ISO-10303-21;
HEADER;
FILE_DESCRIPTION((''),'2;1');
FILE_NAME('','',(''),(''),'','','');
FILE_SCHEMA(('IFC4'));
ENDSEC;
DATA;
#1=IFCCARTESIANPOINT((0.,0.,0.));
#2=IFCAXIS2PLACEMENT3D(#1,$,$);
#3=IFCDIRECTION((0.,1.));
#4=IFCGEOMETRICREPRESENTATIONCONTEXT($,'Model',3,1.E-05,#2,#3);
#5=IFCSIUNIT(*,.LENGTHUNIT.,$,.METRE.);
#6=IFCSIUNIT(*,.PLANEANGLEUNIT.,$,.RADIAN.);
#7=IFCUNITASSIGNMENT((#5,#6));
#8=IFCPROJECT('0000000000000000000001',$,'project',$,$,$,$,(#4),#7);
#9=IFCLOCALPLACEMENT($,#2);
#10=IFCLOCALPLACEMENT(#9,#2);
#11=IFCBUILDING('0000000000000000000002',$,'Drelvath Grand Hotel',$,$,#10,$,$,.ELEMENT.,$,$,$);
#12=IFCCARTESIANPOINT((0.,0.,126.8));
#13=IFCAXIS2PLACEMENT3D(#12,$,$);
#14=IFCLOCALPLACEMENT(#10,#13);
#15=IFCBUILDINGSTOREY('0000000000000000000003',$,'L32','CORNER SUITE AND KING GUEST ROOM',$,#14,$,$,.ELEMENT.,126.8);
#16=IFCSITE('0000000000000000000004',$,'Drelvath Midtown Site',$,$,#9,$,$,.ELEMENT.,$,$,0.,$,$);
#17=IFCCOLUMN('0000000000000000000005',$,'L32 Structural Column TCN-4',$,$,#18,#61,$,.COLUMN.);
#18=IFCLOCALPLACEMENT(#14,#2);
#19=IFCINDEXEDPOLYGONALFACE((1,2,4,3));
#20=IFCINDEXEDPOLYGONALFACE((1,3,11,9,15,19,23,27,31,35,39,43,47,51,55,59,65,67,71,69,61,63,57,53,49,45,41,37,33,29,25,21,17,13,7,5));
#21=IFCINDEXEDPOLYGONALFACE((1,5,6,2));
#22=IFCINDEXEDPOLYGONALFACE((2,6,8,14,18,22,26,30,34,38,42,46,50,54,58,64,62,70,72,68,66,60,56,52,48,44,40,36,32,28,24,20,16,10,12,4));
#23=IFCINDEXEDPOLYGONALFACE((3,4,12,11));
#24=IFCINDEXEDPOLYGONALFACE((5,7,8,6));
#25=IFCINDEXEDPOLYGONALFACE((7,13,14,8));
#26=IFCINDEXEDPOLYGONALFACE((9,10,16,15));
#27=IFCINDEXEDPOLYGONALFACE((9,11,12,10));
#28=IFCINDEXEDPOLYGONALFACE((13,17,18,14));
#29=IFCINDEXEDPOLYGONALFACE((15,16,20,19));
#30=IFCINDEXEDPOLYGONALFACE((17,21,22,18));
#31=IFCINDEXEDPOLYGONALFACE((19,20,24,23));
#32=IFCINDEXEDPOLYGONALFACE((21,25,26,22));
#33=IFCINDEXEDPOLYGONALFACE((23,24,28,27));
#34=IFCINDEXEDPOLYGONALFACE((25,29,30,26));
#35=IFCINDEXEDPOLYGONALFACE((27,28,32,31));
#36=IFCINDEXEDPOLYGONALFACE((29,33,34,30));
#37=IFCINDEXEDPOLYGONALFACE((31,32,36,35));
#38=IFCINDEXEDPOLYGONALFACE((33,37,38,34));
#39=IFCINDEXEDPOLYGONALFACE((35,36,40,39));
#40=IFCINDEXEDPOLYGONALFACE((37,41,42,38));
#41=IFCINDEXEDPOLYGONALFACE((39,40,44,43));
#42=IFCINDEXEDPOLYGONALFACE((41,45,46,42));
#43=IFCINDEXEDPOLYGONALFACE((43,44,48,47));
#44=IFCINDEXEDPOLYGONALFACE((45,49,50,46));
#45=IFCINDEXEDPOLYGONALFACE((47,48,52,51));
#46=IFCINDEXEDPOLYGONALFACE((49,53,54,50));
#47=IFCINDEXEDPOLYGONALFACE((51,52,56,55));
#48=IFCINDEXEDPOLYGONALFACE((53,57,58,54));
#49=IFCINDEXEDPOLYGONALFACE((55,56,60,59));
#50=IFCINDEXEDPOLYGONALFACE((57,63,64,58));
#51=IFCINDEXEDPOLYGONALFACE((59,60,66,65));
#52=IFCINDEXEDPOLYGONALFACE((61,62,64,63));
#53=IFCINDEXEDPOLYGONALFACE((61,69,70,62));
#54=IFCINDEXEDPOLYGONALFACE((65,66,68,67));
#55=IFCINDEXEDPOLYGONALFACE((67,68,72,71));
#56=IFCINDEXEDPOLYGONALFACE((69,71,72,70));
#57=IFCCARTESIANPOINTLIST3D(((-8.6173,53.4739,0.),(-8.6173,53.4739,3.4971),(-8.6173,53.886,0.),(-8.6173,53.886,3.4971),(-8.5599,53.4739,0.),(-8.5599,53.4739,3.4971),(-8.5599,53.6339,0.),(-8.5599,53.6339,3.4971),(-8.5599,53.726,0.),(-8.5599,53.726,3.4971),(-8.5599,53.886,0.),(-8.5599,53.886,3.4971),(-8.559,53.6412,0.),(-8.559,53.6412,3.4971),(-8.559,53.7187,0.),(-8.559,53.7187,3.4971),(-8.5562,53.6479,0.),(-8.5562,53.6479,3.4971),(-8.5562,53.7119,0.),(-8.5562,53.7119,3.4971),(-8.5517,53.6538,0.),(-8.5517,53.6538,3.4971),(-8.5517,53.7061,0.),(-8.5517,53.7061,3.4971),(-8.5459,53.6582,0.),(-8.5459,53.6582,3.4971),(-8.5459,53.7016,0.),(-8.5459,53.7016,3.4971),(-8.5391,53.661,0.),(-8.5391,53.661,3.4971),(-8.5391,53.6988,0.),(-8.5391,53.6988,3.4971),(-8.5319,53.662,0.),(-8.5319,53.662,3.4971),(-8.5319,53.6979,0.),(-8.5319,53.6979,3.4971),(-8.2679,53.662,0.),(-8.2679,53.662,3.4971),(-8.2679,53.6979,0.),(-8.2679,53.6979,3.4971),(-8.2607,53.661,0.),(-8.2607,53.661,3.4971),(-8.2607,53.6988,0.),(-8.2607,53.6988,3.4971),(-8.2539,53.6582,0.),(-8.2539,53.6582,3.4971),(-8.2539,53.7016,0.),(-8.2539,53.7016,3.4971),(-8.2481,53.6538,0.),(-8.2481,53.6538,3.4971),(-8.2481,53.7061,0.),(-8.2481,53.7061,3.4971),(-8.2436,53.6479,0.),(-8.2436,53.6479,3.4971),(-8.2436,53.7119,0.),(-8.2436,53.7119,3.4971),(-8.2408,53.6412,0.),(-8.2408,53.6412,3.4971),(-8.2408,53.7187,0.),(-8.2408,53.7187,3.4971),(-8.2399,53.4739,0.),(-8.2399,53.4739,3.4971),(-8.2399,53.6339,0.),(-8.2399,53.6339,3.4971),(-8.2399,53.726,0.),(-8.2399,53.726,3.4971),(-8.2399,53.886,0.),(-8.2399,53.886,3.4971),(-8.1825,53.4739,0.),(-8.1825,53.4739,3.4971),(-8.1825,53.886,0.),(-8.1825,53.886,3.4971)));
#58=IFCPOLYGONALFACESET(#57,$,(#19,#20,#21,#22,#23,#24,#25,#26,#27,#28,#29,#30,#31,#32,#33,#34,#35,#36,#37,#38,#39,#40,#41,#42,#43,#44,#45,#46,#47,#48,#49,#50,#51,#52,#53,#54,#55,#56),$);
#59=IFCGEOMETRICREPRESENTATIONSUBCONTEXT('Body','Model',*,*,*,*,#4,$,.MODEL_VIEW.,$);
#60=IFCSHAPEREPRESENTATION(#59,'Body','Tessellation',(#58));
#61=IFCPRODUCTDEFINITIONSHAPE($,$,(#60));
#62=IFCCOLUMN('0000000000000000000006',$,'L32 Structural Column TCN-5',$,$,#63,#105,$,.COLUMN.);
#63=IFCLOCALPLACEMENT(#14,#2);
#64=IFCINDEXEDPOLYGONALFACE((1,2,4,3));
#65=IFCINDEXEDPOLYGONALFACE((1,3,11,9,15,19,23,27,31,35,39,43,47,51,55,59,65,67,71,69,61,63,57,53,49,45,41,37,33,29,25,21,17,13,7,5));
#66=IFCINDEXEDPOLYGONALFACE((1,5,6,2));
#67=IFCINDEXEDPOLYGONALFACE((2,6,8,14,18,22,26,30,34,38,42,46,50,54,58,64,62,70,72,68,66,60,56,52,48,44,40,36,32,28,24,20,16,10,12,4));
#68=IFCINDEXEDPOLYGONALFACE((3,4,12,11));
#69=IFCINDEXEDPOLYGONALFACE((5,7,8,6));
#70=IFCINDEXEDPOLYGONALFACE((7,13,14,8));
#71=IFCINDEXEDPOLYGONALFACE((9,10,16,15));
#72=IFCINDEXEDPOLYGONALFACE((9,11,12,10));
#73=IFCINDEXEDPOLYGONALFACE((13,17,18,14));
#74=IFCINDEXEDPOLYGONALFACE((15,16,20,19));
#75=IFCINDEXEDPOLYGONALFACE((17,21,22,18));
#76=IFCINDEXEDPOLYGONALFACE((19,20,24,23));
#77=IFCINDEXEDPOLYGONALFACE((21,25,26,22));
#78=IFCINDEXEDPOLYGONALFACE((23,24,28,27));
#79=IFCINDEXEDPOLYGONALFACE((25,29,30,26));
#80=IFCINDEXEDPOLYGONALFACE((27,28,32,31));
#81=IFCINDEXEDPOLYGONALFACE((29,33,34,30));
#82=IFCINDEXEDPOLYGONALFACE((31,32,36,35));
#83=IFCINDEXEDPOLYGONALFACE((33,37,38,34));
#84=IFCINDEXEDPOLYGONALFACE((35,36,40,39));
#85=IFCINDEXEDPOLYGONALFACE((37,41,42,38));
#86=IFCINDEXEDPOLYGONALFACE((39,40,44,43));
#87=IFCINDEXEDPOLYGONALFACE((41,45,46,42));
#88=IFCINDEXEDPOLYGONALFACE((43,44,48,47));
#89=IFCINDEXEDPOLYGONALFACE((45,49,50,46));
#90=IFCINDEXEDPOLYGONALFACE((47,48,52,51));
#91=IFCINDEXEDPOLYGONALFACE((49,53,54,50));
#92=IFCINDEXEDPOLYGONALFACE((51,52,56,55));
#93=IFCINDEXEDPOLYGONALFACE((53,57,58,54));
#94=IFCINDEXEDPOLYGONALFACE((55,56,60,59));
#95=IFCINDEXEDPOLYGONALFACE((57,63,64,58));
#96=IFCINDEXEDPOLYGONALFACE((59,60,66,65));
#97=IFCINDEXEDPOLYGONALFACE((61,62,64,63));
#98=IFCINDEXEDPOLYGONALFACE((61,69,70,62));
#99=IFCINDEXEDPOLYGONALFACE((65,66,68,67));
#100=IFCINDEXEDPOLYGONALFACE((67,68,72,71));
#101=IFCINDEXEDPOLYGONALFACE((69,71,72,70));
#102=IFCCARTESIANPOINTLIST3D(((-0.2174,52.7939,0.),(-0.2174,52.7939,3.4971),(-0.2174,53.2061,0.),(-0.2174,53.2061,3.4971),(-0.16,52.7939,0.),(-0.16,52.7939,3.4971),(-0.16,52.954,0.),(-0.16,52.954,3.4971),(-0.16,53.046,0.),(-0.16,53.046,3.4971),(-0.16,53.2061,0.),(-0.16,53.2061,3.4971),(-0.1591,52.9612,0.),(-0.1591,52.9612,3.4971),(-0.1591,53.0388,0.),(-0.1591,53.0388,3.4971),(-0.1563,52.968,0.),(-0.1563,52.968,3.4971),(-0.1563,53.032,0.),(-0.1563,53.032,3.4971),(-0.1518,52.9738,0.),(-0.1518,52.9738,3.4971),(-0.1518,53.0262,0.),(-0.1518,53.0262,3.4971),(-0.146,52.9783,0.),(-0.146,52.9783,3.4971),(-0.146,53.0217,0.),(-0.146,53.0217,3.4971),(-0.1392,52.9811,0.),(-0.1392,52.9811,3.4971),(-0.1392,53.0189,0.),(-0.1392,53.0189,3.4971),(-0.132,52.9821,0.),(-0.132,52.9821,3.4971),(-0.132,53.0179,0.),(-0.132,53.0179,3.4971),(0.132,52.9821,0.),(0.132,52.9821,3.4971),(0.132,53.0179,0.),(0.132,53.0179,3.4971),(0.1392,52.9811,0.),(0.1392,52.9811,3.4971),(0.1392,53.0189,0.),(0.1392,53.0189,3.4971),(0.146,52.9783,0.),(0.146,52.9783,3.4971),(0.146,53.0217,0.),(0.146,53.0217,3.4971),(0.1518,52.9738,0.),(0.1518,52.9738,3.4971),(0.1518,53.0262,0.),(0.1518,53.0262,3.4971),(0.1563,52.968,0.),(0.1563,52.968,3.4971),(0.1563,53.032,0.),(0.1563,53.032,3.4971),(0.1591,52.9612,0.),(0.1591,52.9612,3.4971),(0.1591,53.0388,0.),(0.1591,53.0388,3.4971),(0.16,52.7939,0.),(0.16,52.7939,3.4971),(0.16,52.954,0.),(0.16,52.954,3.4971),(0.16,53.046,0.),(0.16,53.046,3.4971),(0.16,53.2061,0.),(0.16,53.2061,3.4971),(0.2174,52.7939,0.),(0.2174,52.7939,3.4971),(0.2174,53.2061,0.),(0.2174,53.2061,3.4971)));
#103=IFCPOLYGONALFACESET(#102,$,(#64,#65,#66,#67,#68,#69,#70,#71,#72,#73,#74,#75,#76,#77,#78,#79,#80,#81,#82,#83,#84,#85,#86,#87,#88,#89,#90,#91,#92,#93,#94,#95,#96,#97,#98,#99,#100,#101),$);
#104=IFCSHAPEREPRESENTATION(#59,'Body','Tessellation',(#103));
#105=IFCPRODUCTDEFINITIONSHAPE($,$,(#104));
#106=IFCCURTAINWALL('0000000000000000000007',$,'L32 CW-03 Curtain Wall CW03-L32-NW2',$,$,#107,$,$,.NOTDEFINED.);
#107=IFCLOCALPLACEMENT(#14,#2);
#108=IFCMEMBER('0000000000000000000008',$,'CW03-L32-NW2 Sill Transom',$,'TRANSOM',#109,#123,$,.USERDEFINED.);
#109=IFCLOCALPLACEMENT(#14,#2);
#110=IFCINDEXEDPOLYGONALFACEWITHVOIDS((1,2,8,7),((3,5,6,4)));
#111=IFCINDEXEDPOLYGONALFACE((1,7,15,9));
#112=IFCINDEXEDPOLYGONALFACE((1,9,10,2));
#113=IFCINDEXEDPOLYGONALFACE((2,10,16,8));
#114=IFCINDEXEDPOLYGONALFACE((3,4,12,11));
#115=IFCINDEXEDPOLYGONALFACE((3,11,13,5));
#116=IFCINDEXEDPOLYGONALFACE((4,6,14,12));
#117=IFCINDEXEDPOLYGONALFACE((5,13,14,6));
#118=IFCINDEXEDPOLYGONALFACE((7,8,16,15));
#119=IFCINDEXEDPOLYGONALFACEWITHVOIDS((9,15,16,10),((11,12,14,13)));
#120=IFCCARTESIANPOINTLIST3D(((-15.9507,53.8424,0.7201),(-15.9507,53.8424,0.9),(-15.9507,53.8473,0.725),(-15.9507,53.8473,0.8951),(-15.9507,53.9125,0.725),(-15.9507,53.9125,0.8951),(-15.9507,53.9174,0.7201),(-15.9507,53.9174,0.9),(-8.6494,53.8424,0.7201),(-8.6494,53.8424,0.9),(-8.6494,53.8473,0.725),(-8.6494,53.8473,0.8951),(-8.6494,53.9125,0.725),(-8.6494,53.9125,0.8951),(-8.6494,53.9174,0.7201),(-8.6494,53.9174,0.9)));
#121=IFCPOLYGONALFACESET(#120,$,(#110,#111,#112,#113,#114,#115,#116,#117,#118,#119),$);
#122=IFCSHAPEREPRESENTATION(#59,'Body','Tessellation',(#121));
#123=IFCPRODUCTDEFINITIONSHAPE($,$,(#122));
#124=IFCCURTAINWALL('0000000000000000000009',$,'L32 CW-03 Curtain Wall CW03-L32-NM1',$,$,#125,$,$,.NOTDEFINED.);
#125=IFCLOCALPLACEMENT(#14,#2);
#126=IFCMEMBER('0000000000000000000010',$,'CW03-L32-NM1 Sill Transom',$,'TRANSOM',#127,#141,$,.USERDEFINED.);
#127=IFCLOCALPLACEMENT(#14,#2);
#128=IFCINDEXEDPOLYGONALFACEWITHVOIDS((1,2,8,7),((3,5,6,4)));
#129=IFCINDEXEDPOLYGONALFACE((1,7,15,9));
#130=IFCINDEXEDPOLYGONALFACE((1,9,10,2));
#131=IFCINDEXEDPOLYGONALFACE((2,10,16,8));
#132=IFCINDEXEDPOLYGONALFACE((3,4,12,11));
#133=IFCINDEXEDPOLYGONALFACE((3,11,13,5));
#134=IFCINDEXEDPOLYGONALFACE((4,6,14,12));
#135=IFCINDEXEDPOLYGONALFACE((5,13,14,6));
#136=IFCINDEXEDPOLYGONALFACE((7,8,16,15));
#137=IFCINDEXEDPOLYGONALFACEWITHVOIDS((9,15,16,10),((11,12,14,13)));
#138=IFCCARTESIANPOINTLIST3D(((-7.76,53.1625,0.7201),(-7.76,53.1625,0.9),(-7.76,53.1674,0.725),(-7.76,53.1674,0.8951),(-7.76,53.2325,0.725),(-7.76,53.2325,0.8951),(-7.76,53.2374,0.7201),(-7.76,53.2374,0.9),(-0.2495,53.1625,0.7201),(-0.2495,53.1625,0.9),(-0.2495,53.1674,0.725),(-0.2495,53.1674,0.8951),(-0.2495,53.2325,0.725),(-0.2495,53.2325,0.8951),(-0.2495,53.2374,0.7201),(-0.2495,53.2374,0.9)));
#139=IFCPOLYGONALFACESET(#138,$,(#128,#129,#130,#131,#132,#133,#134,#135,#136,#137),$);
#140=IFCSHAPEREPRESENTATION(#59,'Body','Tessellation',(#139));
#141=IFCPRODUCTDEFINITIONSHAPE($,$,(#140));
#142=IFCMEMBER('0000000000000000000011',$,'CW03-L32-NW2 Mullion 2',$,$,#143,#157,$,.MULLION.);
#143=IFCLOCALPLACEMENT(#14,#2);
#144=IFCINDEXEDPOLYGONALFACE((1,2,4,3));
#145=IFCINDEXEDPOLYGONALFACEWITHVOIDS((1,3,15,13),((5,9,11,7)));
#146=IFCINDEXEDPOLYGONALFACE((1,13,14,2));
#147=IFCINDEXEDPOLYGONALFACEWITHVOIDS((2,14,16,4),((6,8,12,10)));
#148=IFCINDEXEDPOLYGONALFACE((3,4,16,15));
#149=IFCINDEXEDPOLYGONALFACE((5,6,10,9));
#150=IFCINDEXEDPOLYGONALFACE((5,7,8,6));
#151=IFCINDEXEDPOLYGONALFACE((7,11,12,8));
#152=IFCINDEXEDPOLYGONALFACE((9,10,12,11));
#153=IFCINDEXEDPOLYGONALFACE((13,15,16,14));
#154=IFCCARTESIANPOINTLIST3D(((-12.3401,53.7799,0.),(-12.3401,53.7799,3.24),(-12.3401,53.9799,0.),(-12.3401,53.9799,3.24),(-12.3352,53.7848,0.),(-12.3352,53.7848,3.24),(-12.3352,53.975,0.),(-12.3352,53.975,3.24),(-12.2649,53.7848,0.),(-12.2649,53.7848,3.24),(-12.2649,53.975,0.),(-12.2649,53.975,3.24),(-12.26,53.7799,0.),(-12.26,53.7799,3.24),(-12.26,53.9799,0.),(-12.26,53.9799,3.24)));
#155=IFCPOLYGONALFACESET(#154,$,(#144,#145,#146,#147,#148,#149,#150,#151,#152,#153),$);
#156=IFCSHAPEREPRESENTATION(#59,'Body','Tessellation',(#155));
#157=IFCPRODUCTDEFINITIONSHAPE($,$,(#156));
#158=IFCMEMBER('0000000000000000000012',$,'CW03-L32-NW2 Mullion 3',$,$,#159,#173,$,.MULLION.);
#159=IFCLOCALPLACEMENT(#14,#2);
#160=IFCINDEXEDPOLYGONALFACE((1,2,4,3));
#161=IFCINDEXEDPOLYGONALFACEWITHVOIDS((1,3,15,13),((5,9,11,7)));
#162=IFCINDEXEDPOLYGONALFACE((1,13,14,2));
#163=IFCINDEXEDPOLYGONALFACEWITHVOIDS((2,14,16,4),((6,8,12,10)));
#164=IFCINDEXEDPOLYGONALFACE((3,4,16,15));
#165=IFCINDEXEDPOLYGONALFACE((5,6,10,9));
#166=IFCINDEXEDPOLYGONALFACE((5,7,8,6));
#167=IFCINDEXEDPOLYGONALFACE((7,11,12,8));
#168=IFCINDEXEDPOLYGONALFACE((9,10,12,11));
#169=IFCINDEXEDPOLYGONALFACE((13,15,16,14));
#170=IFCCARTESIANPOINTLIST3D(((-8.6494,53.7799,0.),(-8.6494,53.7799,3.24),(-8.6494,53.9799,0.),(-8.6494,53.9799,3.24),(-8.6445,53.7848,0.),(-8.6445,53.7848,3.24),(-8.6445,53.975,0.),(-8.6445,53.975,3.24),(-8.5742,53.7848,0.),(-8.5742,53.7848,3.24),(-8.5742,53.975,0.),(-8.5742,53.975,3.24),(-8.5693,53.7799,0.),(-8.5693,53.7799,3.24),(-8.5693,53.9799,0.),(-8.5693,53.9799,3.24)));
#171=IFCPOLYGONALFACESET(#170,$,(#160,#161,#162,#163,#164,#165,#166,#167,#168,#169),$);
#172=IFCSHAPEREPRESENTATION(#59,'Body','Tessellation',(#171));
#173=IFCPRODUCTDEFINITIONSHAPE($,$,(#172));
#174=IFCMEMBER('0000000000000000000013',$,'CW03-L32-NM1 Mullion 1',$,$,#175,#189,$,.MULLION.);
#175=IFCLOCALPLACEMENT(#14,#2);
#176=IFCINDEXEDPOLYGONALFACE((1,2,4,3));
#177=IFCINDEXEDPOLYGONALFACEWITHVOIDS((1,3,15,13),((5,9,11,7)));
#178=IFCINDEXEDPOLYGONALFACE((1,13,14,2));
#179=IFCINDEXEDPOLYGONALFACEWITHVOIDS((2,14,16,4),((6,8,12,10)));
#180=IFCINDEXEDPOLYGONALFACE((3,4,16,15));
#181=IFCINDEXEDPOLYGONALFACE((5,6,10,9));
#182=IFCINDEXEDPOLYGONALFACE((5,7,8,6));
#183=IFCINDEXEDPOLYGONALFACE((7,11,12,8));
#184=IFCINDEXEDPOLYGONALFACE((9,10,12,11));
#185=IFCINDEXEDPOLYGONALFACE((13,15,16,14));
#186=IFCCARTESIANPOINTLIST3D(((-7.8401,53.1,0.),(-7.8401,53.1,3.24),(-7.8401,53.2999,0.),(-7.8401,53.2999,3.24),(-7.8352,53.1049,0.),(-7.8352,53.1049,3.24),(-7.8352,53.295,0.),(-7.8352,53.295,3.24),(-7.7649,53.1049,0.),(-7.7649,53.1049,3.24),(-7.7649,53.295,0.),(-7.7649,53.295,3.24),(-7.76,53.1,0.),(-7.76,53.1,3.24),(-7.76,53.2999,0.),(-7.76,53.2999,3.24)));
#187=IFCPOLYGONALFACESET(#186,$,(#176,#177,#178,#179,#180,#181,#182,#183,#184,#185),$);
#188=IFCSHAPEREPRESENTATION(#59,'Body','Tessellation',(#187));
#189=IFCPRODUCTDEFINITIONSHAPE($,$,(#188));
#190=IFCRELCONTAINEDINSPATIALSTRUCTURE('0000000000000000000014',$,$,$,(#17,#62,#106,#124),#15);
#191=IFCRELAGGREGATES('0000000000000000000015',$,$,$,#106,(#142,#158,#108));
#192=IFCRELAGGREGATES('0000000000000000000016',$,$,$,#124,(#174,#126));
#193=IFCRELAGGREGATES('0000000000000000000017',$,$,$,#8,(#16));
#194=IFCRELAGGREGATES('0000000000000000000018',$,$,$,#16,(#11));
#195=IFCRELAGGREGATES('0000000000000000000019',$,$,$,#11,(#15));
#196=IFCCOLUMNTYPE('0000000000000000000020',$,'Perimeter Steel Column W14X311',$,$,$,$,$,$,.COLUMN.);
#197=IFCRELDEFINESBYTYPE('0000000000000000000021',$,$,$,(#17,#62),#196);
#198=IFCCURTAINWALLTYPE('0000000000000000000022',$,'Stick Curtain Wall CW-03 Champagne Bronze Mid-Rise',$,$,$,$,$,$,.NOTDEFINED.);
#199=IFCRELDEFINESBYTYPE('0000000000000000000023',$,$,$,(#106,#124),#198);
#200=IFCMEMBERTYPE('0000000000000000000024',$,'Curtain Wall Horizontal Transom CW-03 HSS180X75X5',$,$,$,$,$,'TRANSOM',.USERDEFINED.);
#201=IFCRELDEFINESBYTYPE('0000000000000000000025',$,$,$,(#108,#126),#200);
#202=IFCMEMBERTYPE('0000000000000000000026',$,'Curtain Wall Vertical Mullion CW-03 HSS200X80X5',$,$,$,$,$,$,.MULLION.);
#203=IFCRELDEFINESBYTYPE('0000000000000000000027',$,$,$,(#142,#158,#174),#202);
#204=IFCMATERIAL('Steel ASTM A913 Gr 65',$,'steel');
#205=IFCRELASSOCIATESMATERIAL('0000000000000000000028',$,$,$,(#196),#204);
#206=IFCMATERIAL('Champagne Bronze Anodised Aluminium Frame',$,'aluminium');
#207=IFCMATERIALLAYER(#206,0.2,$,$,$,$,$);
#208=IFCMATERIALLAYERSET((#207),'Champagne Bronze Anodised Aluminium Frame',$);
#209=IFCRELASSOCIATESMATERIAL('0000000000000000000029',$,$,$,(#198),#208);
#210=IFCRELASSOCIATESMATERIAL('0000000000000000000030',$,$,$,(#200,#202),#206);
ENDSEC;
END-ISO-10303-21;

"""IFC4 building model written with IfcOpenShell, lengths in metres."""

from ifc_helpers import new_model, si_unit, direction, frame, origin, origin_2d, place, context, subcontext, project, spatial, hollow_rectangle, i_section, extrude, material, layer, layer_set, material_profile, profile_set, type_object, element, aggregate, save


model = new_model("IFC4")

# Units and contexts
model_context = context("Model", 3, precision=1e-05, world=origin(), true_north=direction((0.0, 1.0)))
body_context = subcontext(model_context, "Body", "Model", "MODEL_VIEW")
ifc_project = project(units=[si_unit("LENGTHUNIT", "METRE"), si_unit("PLANEANGLEUNIT", "RADIAN")], contexts=[model_context])

# Site, building, storey
site_placement = place(None, origin())
site = spatial("IfcSite", under=ifc_project, at=site_placement, Name="Drelvath Midtown Site", CompositionType="ELEMENT", RefElevation=0.0)
building_placement = place(site_placement, origin())
building = spatial("IfcBuilding", under=site, at=building_placement, Name="Drelvath Grand Hotel", CompositionType="ELEMENT")
storey_placement = place(building_placement, frame((0.0, 0.0, 126.8)))
storey = spatial("IfcBuildingStorey", under=building, at=storey_placement, Name="L32", Description="CORNER SUITE AND KING GUEST ROOM", CompositionType="ELEMENT", Elevation=126.8)

# Columns
ifc_material_1 = material(Name="Steel ASTM A913 Gr 65", Category="steel")
ifc_material_profile_1 = material_profile(ifc_material_1, i_section(OverallWidth=0.4121, OverallDepth=0.4348, WebThickness=0.0359, FlangeThickness=0.0574, FilletRadius=0.0281, at=origin_2d()), Name="W14X311")
ifc_profile_set_1 = profile_set([ifc_material_profile_1], Name="Steel ASTM A913 Gr 65")
column_type = type_object("IfcColumnType", Name="Perimeter Steel Column W14X311", PredefinedType="COLUMN", material=ifc_profile_set_1)
for number, where, z_axis, x_axis, name in (
    (1, (-8.3999, 53.6799, 0.0), (0.0, 0.0, 1.0), (0.0, 1.0, 0.0), "L32 Structural Column TCN-4"),
    (2, (0.0, 53.0, 0.0), (0.0, 0.0, 1.0), (0.0, 1.0, 0.0), "L32 Structural Column TCN-5"),
):
    element("IfcColumn", number, at=place(storey_placement, frame(where, z_axis=z_axis, x_axis=x_axis)), inside=storey, type_object=column_type, Name=name, PredefinedType="COLUMN", context=body_context, shape_type="SweptSolid", body=[
        extrude(i_section(OverallWidth=0.4121, OverallDepth=0.4348, WebThickness=0.0359, FlangeThickness=0.0574, FilletRadius=0.0281, at=origin_2d()), origin(), (0.0, 0.0, 1.0), 3.4971),
    ])

# Curtain walls, members
ifc_material_2 = material(Name="Champagne Bronze Anodised Aluminium Frame", Category="aluminium")
ifc_layer_1 = layer(ifc_material_2, 0.2)
ifc_layer_set_1 = layer_set([ifc_layer_1], Name="Champagne Bronze Anodised Aluminium Frame")
curtain_wall_type = type_object("IfcCurtainWallType", Name="Stick Curtain Wall CW-03 Champagne Bronze Mid-Rise", PredefinedType="NOTDEFINED", material=ifc_layer_set_1)
curtain_wall_1_placement = place(storey_placement, origin())
curtain_wall_1 = element("IfcCurtainWall", 3, at=curtain_wall_1_placement, inside=storey, type_object=curtain_wall_type, Name="L32 CW-03 Curtain Wall CW03-L32-NW2", PredefinedType="NOTDEFINED")
ifc_material_profile_2 = material_profile(ifc_material_2, hollow_rectangle(XDim=0.075, YDim=0.1799, WallThickness=0.0049, at=origin_2d()), Name="HSS180X75X5")
ifc_profile_set_2 = profile_set([ifc_material_profile_2], Name="Champagne Bronze Anodised Aluminium Frame")
member_type_1 = type_object("IfcMemberType", Name="Curtain Wall Horizontal Transom CW-03 HSS180X75X5", ElementType="TRANSOM", PredefinedType="USERDEFINED", material=ifc_profile_set_2)
member_1_placement = place(storey_placement, frame((-15.9507, 53.8799, 0.8101), z_axis=(1.0, 0.0, 0.0), x_axis=(0.0, 1.0, 0.0)))
member_1 = element("IfcMember", 4, at=member_1_placement, type_object=member_type_1, Name="CW03-L32-NW2 Sill Transom", ObjectType="TRANSOM", PredefinedType="USERDEFINED", context=body_context, shape_type="SweptSolid", body=[
    extrude(hollow_rectangle(XDim=0.075, YDim=0.1799, WallThickness=0.0049, at=origin_2d()), origin(), (0.0, 0.0, 1.0), 7.3013),
])
curtain_wall_2_placement = place(storey_placement, origin())
curtain_wall_2 = element("IfcCurtainWall", 5, at=curtain_wall_2_placement, inside=storey, type_object=curtain_wall_type, Name="L32 CW-03 Curtain Wall CW03-L32-NM1", PredefinedType="NOTDEFINED")
member_2_placement = place(storey_placement, frame((-7.76, 53.2, 0.8101), z_axis=(1.0, 0.0, 0.0), x_axis=(0.0, 1.0, 0.0)))
member_2 = element("IfcMember", 6, at=member_2_placement, type_object=member_type_1, Name="CW03-L32-NM1 Sill Transom", ObjectType="TRANSOM", PredefinedType="USERDEFINED", context=body_context, shape_type="SweptSolid", body=[
    extrude(hollow_rectangle(XDim=0.075, YDim=0.1799, WallThickness=0.0049, at=origin_2d()), origin(), (0.0, 0.0, 1.0), 7.5105),
])

# Members
ifc_material_profile_3 = material_profile(ifc_material_2, hollow_rectangle(XDim=0.0801, YDim=0.2, WallThickness=0.0049, at=origin_2d()), Name="HSS200X80X5")
ifc_profile_set_3 = profile_set([ifc_material_profile_3], Name="Champagne Bronze Anodised Aluminium Frame")
member_type_2 = type_object("IfcMemberType", Name="Curtain Wall Vertical Mullion CW-03 HSS200X80X5", PredefinedType="MULLION", material=ifc_profile_set_3)
member_3_placement = place(storey_placement, frame((-12.3, 53.8799, 0.0), z_axis=(0.0, 0.0, 1.0), x_axis=(1.0, 0.0, 0.0)))
member_3 = element("IfcMember", 7, at=member_3_placement, type_object=member_type_2, Name="CW03-L32-NW2 Mullion 2", PredefinedType="MULLION", context=body_context, shape_type="SweptSolid", body=[
    extrude(hollow_rectangle(XDim=0.0801, YDim=0.2, WallThickness=0.0049, at=origin_2d()), origin(), (0.0, 0.0, 1.0), 3.24),
])
member_4_placement = place(storey_placement, frame((-8.6094, 53.8799, 0.0), z_axis=(0.0, 0.0, 1.0), x_axis=(1.0, 0.0, 0.0)))
member_4 = element("IfcMember", 8, at=member_4_placement, type_object=member_type_2, Name="CW03-L32-NW2 Mullion 3", PredefinedType="MULLION", context=body_context, shape_type="SweptSolid", body=[
    extrude(hollow_rectangle(XDim=0.0801, YDim=0.2, WallThickness=0.0049, at=origin_2d()), origin(), (0.0, 0.0, 1.0), 3.24),
])
member_5_placement = place(storey_placement, frame((-7.8, 53.2, 0.0), z_axis=(0.0, 0.0, 1.0), x_axis=(1.0, 0.0, 0.0)))
member_5 = element("IfcMember", 9, at=member_5_placement, type_object=member_type_2, Name="CW03-L32-NM1 Mullion 1", PredefinedType="MULLION", context=body_context, shape_type="SweptSolid", body=[
    extrude(hollow_rectangle(XDim=0.0801, YDim=0.2, WallThickness=0.0049, at=origin_2d()), origin(), (0.0, 0.0, 1.0), 3.24),
])

aggregate(curtain_wall_1, [member_3, member_4, member_1])
aggregate(curtain_wall_2, [member_5, member_2])

save(model, "model.ifc")
